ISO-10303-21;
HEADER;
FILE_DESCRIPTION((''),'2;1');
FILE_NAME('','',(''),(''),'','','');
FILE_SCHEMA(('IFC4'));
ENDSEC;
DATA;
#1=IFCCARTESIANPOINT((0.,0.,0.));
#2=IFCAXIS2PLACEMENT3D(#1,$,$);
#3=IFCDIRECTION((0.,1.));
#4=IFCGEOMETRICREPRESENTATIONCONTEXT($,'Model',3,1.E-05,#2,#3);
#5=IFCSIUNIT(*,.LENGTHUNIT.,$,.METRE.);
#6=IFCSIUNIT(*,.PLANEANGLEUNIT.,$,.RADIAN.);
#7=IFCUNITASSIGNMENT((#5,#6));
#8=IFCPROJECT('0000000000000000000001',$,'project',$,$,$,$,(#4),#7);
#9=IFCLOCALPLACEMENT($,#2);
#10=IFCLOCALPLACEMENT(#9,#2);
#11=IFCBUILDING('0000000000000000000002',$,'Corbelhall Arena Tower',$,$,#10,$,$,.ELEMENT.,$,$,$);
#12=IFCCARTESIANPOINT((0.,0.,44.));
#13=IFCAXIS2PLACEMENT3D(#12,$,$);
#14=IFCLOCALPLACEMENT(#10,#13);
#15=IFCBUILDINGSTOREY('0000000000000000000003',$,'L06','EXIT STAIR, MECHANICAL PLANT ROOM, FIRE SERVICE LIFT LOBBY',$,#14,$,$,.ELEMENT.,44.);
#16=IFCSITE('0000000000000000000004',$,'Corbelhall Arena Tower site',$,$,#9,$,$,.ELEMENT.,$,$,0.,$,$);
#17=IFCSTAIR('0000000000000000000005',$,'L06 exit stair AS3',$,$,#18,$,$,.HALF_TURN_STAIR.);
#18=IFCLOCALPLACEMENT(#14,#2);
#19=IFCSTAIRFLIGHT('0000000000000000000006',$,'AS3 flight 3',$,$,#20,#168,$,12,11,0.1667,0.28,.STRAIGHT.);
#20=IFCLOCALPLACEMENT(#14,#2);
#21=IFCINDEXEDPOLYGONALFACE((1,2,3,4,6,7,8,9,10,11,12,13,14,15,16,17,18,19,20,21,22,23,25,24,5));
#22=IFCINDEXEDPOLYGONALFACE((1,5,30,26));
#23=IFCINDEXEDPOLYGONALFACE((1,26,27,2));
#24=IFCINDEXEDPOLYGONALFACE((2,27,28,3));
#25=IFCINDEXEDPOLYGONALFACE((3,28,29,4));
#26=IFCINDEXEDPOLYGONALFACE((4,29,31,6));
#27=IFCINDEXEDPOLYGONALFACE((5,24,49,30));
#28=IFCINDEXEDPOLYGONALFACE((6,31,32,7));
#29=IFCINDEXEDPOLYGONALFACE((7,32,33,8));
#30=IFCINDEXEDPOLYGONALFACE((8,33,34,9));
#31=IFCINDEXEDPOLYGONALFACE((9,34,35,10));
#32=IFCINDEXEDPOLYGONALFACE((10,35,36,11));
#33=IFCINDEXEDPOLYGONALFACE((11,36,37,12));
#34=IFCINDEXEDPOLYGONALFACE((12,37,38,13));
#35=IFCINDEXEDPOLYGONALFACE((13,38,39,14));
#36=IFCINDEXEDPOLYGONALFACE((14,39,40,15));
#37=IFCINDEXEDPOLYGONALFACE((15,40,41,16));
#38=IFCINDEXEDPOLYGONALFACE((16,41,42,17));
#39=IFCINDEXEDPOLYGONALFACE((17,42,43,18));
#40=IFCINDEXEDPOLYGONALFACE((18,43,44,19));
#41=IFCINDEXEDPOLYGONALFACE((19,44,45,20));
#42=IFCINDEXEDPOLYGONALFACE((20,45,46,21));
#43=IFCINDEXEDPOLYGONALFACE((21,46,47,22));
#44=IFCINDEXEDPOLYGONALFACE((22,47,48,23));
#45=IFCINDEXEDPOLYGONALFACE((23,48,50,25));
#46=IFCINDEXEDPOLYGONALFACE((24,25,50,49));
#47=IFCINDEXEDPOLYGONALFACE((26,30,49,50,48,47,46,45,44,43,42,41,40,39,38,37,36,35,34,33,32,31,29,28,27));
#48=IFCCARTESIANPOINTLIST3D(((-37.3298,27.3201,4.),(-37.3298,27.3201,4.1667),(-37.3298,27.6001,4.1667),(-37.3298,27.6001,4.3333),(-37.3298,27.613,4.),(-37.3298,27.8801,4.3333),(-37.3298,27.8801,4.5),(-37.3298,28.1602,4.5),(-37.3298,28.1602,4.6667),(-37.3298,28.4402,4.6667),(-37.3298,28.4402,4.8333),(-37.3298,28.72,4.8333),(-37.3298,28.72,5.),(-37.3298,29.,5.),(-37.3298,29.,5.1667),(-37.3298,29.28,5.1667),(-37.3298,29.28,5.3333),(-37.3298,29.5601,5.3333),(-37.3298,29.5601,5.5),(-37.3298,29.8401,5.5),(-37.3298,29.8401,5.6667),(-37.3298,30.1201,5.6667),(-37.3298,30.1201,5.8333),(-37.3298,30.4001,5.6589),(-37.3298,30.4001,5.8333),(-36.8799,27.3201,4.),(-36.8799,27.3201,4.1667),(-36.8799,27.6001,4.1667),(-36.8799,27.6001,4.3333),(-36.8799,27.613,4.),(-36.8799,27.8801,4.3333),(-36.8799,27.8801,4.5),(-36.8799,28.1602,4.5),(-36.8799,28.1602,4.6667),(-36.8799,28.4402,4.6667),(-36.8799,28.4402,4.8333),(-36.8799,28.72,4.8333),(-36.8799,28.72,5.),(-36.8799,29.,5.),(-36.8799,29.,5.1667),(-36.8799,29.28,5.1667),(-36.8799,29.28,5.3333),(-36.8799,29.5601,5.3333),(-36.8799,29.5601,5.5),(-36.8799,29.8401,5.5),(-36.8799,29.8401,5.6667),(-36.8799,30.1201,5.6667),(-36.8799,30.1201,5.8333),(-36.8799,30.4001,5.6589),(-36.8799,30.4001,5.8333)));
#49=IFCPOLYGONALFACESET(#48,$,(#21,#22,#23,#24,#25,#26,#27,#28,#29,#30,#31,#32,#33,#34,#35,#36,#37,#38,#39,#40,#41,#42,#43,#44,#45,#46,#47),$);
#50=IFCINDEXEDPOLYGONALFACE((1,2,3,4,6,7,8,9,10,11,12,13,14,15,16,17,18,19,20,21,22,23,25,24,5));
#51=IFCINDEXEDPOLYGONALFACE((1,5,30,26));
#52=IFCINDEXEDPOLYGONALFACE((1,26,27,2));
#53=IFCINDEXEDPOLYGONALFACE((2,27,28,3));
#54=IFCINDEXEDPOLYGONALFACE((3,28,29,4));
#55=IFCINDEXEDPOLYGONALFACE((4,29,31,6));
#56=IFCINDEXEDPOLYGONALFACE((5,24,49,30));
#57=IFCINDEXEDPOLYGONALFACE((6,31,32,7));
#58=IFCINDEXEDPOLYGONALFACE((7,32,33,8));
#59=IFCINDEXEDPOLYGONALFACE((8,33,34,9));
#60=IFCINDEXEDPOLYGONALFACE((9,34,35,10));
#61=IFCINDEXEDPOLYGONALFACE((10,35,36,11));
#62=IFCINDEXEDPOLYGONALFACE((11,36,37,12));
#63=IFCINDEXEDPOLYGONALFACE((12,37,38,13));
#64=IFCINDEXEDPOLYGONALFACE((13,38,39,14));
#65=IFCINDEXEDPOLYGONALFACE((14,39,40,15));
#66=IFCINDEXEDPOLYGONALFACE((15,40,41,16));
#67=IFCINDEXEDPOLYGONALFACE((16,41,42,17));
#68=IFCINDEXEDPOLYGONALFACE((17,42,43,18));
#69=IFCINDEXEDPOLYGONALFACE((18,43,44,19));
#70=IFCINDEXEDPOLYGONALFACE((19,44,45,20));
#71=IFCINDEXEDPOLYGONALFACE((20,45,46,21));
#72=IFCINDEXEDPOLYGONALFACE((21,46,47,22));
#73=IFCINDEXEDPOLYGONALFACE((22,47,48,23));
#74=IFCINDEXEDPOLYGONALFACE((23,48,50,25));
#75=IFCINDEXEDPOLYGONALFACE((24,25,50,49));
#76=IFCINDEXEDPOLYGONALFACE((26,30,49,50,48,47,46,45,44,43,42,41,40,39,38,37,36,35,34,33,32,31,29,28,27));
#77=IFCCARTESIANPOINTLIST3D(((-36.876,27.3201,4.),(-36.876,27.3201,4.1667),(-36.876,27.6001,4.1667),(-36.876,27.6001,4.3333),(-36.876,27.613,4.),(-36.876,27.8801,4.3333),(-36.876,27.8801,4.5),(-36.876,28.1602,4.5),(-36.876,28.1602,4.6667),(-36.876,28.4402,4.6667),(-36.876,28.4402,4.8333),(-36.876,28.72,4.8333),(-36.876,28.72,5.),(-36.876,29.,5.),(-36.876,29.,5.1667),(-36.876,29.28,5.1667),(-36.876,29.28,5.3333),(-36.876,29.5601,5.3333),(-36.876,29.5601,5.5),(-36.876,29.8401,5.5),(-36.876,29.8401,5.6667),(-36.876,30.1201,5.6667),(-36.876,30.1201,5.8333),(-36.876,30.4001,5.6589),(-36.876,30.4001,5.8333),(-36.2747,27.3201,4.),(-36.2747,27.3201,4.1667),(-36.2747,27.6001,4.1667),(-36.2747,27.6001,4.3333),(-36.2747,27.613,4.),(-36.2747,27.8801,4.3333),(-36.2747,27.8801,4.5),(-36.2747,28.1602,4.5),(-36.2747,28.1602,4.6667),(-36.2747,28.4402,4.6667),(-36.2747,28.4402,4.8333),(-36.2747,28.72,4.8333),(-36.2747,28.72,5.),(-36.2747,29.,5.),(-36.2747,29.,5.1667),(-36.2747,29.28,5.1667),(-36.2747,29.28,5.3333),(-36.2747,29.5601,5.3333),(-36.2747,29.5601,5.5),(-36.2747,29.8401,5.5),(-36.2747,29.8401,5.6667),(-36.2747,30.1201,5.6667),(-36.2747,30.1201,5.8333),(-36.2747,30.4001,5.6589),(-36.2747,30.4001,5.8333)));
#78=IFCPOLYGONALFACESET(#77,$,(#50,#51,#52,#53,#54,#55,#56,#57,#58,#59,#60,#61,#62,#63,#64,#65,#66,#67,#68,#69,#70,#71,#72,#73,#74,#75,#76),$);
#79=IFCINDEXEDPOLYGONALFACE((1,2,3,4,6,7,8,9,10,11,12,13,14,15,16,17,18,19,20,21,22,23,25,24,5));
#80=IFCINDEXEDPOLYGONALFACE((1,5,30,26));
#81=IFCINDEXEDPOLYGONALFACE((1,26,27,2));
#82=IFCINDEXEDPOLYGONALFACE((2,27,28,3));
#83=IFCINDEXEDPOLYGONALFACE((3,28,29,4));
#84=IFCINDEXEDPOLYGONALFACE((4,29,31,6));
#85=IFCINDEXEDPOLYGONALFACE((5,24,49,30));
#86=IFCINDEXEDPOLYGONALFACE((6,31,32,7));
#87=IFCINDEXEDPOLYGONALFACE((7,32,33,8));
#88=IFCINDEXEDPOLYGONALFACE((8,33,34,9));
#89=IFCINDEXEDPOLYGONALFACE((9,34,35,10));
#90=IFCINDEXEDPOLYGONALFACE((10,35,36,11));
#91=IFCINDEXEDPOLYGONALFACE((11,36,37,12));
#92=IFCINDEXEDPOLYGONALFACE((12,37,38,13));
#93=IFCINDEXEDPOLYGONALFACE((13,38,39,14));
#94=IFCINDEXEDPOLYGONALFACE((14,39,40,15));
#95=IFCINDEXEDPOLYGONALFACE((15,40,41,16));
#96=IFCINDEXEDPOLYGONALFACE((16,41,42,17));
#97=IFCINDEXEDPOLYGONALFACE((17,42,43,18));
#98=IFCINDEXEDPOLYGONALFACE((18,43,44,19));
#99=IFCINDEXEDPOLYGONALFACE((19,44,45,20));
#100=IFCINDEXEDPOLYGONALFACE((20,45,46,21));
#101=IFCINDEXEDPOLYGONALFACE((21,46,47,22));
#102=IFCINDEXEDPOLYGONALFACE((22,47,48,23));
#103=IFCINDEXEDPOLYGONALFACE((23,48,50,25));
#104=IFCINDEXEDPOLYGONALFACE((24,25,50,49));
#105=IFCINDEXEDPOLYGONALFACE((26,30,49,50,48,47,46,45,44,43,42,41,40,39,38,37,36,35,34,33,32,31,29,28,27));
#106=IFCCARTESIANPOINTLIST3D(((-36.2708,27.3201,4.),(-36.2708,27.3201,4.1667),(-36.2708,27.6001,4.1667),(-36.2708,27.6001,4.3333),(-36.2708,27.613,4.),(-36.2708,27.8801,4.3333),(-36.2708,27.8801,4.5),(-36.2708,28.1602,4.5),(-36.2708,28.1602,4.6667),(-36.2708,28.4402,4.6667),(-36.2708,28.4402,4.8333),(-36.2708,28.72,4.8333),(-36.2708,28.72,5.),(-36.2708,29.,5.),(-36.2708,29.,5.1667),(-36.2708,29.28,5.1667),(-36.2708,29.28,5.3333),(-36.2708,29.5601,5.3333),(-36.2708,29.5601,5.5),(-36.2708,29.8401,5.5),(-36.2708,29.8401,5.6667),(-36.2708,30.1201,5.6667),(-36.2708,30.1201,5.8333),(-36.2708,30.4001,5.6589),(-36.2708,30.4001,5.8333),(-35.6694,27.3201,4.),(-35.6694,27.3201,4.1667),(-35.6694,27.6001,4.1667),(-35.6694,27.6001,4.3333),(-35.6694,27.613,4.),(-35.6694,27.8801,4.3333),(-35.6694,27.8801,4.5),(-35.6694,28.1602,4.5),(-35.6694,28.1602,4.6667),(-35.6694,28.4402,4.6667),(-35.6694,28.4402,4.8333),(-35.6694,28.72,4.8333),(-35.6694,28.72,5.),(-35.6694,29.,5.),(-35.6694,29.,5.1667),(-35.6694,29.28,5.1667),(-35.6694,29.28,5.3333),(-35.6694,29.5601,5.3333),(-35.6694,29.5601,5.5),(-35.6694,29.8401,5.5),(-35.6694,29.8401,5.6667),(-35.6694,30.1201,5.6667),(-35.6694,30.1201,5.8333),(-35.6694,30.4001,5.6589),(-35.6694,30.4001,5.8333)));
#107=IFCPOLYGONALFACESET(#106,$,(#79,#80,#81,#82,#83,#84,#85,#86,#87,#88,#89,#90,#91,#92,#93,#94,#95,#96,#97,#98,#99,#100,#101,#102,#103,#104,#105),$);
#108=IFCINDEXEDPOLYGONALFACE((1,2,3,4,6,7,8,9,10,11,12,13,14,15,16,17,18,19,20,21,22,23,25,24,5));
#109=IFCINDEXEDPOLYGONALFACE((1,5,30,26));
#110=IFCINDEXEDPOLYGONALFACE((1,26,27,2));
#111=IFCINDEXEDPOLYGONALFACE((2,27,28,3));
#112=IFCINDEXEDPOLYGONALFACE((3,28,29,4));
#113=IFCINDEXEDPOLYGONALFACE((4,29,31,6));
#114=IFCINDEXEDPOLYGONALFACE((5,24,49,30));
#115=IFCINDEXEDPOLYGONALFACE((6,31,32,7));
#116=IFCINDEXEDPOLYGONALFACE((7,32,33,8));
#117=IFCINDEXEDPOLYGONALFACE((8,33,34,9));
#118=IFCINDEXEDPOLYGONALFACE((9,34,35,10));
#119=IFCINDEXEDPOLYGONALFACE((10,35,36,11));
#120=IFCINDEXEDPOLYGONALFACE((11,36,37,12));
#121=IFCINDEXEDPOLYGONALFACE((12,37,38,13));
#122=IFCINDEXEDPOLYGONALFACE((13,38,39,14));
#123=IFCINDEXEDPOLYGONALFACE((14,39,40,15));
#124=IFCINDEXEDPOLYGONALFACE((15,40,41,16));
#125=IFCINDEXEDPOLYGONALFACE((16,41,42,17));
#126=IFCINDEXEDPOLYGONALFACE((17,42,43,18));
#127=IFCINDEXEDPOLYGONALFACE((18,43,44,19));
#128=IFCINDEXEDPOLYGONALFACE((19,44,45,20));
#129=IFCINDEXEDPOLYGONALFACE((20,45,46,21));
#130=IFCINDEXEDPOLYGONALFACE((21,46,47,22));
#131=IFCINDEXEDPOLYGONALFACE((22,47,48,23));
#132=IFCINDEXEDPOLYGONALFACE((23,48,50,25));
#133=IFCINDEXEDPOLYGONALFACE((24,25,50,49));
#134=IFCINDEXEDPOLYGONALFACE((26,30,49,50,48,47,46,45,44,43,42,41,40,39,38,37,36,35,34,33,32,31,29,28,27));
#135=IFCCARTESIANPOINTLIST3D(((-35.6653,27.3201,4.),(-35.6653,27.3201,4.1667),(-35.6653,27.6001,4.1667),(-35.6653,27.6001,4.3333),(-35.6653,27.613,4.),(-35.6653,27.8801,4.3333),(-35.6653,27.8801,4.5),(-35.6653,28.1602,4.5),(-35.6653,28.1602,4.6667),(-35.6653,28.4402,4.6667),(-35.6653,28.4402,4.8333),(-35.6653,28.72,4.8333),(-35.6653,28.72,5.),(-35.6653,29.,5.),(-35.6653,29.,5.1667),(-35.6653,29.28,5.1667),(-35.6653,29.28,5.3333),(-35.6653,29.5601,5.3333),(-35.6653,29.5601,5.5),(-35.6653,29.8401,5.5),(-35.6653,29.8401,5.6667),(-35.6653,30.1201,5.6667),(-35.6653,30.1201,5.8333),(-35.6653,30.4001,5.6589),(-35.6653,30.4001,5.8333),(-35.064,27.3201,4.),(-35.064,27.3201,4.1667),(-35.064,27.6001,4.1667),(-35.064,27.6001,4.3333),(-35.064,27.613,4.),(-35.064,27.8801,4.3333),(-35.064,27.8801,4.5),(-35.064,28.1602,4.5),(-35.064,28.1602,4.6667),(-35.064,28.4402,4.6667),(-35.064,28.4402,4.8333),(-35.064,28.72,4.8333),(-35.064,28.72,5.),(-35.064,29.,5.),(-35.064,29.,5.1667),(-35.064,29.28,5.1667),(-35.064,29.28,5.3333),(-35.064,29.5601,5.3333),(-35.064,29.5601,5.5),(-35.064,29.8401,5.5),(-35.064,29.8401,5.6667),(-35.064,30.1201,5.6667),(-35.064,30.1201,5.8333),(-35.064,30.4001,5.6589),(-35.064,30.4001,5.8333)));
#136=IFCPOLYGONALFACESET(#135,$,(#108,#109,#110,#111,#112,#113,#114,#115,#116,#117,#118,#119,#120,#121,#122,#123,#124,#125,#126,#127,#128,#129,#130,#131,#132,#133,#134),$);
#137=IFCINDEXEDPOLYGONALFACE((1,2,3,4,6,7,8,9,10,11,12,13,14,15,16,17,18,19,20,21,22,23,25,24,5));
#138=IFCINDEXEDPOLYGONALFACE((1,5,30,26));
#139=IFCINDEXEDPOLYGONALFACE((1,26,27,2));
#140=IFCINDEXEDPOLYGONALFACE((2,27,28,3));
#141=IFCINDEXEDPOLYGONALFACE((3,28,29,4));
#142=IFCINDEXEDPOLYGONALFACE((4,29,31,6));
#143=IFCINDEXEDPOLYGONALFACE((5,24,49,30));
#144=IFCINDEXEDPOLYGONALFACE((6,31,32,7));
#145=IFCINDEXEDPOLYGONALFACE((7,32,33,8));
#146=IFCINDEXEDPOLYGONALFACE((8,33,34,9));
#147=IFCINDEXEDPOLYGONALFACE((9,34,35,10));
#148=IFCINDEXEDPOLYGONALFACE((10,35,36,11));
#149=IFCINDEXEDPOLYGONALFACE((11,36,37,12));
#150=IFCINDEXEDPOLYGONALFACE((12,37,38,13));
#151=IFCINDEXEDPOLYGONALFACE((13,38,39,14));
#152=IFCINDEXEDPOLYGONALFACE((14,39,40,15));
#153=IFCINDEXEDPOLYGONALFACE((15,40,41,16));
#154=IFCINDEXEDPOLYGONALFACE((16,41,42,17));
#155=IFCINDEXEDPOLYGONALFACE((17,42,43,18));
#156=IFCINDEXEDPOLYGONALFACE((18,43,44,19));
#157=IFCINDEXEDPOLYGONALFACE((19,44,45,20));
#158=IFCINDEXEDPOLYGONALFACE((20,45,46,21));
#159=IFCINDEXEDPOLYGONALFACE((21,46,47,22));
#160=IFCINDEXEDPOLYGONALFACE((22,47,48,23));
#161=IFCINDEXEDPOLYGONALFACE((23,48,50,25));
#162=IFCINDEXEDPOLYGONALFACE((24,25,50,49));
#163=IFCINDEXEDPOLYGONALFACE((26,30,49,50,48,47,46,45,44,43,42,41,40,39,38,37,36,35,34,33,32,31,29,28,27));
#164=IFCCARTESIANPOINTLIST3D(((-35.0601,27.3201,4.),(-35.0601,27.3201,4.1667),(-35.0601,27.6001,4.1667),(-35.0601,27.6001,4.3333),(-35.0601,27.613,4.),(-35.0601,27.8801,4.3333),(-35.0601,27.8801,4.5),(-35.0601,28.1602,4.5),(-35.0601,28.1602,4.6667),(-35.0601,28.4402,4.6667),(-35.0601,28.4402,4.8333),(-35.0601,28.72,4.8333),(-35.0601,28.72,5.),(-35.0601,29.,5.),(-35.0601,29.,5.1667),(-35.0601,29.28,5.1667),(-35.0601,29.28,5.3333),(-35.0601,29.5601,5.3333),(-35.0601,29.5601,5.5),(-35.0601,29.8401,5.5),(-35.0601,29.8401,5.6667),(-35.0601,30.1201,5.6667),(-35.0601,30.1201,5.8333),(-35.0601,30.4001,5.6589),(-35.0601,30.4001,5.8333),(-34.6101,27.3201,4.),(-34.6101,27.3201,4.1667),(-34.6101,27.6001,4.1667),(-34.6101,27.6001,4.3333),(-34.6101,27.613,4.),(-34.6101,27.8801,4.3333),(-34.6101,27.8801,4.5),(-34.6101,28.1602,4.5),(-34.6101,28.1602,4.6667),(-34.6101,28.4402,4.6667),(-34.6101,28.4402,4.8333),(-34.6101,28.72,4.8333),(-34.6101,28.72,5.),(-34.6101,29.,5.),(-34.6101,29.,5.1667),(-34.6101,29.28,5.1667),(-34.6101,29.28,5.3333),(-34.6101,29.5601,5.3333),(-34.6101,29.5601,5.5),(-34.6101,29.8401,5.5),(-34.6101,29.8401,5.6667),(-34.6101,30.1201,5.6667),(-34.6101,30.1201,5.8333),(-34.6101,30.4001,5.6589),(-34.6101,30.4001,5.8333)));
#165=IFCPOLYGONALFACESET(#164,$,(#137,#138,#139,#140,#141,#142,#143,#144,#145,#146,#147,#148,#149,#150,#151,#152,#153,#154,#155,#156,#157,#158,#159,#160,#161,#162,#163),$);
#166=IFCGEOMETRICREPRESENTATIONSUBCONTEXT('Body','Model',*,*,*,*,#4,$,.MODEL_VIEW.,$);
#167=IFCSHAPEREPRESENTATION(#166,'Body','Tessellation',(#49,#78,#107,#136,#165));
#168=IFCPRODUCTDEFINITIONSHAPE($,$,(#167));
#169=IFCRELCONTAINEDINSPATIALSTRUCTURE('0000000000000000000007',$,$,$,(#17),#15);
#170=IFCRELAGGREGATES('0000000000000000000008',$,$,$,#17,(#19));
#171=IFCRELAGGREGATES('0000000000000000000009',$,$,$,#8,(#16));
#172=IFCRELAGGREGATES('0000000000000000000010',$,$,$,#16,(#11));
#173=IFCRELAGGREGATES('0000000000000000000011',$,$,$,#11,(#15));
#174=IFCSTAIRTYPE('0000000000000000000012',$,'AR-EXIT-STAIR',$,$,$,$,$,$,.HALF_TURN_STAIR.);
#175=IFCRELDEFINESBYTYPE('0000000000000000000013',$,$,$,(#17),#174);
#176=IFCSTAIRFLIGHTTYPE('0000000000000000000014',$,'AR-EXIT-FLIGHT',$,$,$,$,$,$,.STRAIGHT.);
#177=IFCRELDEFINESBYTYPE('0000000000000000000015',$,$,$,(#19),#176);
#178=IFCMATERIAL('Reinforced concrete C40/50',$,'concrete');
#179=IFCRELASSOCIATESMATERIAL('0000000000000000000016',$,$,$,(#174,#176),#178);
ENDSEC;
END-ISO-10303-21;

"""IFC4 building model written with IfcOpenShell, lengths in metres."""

from ifc_helpers import new_model, si_unit, direction, frame, origin, place, context, subcontext, project, spatial, polyline, outline, extrude, material, type_object, element, aggregate, save


model = new_model("IFC4")

# Units and contexts
model_context = context("Model", 3, precision=1e-05, world=origin(), true_north=direction((0.0, 1.0)))
body_context = subcontext(model_context, "Body", "Model", "MODEL_VIEW")
ifc_project = project(units=[si_unit("LENGTHUNIT", "METRE"), si_unit("PLANEANGLEUNIT", "RADIAN")], contexts=[model_context])

# Site, building, storey
site_placement = place(None, origin())
site = spatial("IfcSite", under=ifc_project, at=site_placement, Name="Corbelhall Arena Tower site", CompositionType="ELEMENT", RefElevation=0.0)
building_placement = place(site_placement, origin())
building = spatial("IfcBuilding", under=site, at=building_placement, Name="Corbelhall Arena Tower", CompositionType="ELEMENT")
storey_placement = place(building_placement, frame((0.0, 0.0, 44.0)))
storey = spatial("IfcBuildingStorey", under=building, at=storey_placement, Name="L06", Description="EXIT STAIR, MECHANICAL PLANT ROOM, FIRE SERVICE LIFT LOBBY", CompositionType="ELEMENT", Elevation=44.0)

# Shared definitions
ifc_material_1 = material(Name="Reinforced concrete C40/50", Category="concrete")

# Stair, stair flight
stair_type = type_object("IfcStairType", Name="AR-EXIT-STAIR", PredefinedType="HALF_TURN_STAIR", material=ifc_material_1)
stair_placement = place(storey_placement, origin())
stair = element("IfcStair", 1, at=stair_placement, inside=storey, type_object=stair_type, Name="L06 exit stair AS3", PredefinedType="HALF_TURN_STAIR")
stair_flight_type = type_object("IfcStairFlightType", Name="AR-EXIT-FLIGHT", PredefinedType="STRAIGHT", material=ifc_material_1)
stair_flight_placement = place(storey_placement, frame((-35.97, 27.3201, 4.0), z_axis=(0.0, 0.0, 1.0), x_axis=(0.0, 1.0, 0.0)))
stair_flight = element("IfcStairFlight", 2, at=stair_flight_placement, type_object=stair_flight_type, Name="AS3 flight 3", NumberOfRisers=12, NumberOfTreads=11, PredefinedType="STRAIGHT", RiserHeight=0.1667, TreadLength=0.28, context=body_context, shape_type="SweptSolid", body=[
    extrude(outline(polyline([(0.0, 0.0), (0.0, 0.1667), (0.28, 0.1667), (0.28, 0.3333), (0.5601, 0.3333), (0.5601, 0.5), (0.8401, 0.5), (0.8401, 0.6667), (1.1201, 0.6667), (1.1201, 0.8333), (1.3999, 0.8333), (1.3999, 1.0), (1.6799, 1.0), (1.6799, 1.1667), (1.96, 1.1667), (1.96, 1.3333), (2.24, 1.3333), (2.24, 1.5), (2.52, 1.5), (2.52, 1.6667), (2.8, 1.6667), (2.8, 1.8333), (3.0801, 1.8333), (3.0801, 2.0), (3.0801, 1.6589), (0.293, 0.0), (0.0, 0.0)])), frame((0.0, 1.3599, 0.0), z_axis=(0.0, -1.0, 0.0), x_axis=(1.0, 0.0, 0.0)), (0.0, 0.0, 1.0), 0.45),
    extrude(outline(polyline([(0.0, 0.0), (0.0, 0.1667), (0.28, 0.1667), (0.28, 0.3333), (0.5601, 0.3333), (0.5601, 0.5), (0.8401, 0.5), (0.8401, 0.6667), (1.1201, 0.6667), (1.1201, 0.8333), (1.3999, 0.8333), (1.3999, 1.0), (1.6799, 1.0), (1.6799, 1.1667), (1.96, 1.1667), (1.96, 1.3333), (2.24, 1.3333), (2.24, 1.5), (2.52, 1.5), (2.52, 1.6667), (2.8, 1.6667), (2.8, 1.8333), (3.0801, 1.8333), (3.0801, 2.0), (3.0801, 1.6589), (0.293, 0.0), (0.0, 0.0)])), frame((0.0, 0.906, 0.0), z_axis=(0.0, -1.0, 0.0), x_axis=(1.0, 0.0, 0.0)), (0.0, 0.0, 1.0), 0.6013),
    extrude(outline(polyline([(0.0, 0.0), (0.0, 0.1667), (0.28, 0.1667), (0.28, 0.3333), (0.5601, 0.3333), (0.5601, 0.5), (0.8401, 0.5), (0.8401, 0.6667), (1.1201, 0.6667), (1.1201, 0.8333), (1.3999, 0.8333), (1.3999, 1.0), (1.6799, 1.0), (1.6799, 1.1667), (1.96, 1.1667), (1.96, 1.3333), (2.24, 1.3333), (2.24, 1.5), (2.52, 1.5), (2.52, 1.6667), (2.8, 1.6667), (2.8, 1.8333), (3.0801, 1.8333), (3.0801, 2.0), (3.0801, 1.6589), (0.293, 0.0), (0.0, 0.0)])), frame((0.0, 0.3008, 0.0), z_axis=(0.0, -1.0, 0.0), x_axis=(1.0, 0.0, 0.0)), (0.0, 0.0, 1.0), 0.6013),
    extrude(outline(polyline([(0.0, 0.0), (0.0, 0.1667), (0.28, 0.1667), (0.28, 0.3333), (0.5601, 0.3333), (0.5601, 0.5), (0.8401, 0.5), (0.8401, 0.6667), (1.1201, 0.6667), (1.1201, 0.8333), (1.3999, 0.8333), (1.3999, 1.0), (1.6799, 1.0), (1.6799, 1.1667), (1.96, 1.1667), (1.96, 1.3333), (2.24, 1.3333), (2.24, 1.5), (2.52, 1.5), (2.52, 1.6667), (2.8, 1.6667), (2.8, 1.8333), (3.0801, 1.8333), (3.0801, 2.0), (3.0801, 1.6589), (0.293, 0.0), (0.0, 0.0)])), frame((0.0, -0.3047, 0.0), z_axis=(0.0, -1.0, 0.0), x_axis=(1.0, 0.0, 0.0)), (0.0, 0.0, 1.0), 0.6013),
    extrude(outline(polyline([(0.0, 0.0), (0.0, 0.1667), (0.28, 0.1667), (0.28, 0.3333), (0.5601, 0.3333), (0.5601, 0.5), (0.8401, 0.5), (0.8401, 0.6667), (1.1201, 0.6667), (1.1201, 0.8333), (1.3999, 0.8333), (1.3999, 1.0), (1.6799, 1.0), (1.6799, 1.1667), (1.96, 1.1667), (1.96, 1.3333), (2.24, 1.3333), (2.24, 1.5), (2.52, 1.5), (2.52, 1.6667), (2.8, 1.6667), (2.8, 1.8333), (3.0801, 1.8333), (3.0801, 2.0), (3.0801, 1.6589), (0.293, 0.0), (0.0, 0.0)])), frame((0.0, -0.9099, 0.0), z_axis=(0.0, -1.0, 0.0), x_axis=(1.0, 0.0, 0.0)), (0.0, 0.0, 1.0), 0.45),
])
aggregate(stair, [stair_flight])

save(model, "model.ifc")
